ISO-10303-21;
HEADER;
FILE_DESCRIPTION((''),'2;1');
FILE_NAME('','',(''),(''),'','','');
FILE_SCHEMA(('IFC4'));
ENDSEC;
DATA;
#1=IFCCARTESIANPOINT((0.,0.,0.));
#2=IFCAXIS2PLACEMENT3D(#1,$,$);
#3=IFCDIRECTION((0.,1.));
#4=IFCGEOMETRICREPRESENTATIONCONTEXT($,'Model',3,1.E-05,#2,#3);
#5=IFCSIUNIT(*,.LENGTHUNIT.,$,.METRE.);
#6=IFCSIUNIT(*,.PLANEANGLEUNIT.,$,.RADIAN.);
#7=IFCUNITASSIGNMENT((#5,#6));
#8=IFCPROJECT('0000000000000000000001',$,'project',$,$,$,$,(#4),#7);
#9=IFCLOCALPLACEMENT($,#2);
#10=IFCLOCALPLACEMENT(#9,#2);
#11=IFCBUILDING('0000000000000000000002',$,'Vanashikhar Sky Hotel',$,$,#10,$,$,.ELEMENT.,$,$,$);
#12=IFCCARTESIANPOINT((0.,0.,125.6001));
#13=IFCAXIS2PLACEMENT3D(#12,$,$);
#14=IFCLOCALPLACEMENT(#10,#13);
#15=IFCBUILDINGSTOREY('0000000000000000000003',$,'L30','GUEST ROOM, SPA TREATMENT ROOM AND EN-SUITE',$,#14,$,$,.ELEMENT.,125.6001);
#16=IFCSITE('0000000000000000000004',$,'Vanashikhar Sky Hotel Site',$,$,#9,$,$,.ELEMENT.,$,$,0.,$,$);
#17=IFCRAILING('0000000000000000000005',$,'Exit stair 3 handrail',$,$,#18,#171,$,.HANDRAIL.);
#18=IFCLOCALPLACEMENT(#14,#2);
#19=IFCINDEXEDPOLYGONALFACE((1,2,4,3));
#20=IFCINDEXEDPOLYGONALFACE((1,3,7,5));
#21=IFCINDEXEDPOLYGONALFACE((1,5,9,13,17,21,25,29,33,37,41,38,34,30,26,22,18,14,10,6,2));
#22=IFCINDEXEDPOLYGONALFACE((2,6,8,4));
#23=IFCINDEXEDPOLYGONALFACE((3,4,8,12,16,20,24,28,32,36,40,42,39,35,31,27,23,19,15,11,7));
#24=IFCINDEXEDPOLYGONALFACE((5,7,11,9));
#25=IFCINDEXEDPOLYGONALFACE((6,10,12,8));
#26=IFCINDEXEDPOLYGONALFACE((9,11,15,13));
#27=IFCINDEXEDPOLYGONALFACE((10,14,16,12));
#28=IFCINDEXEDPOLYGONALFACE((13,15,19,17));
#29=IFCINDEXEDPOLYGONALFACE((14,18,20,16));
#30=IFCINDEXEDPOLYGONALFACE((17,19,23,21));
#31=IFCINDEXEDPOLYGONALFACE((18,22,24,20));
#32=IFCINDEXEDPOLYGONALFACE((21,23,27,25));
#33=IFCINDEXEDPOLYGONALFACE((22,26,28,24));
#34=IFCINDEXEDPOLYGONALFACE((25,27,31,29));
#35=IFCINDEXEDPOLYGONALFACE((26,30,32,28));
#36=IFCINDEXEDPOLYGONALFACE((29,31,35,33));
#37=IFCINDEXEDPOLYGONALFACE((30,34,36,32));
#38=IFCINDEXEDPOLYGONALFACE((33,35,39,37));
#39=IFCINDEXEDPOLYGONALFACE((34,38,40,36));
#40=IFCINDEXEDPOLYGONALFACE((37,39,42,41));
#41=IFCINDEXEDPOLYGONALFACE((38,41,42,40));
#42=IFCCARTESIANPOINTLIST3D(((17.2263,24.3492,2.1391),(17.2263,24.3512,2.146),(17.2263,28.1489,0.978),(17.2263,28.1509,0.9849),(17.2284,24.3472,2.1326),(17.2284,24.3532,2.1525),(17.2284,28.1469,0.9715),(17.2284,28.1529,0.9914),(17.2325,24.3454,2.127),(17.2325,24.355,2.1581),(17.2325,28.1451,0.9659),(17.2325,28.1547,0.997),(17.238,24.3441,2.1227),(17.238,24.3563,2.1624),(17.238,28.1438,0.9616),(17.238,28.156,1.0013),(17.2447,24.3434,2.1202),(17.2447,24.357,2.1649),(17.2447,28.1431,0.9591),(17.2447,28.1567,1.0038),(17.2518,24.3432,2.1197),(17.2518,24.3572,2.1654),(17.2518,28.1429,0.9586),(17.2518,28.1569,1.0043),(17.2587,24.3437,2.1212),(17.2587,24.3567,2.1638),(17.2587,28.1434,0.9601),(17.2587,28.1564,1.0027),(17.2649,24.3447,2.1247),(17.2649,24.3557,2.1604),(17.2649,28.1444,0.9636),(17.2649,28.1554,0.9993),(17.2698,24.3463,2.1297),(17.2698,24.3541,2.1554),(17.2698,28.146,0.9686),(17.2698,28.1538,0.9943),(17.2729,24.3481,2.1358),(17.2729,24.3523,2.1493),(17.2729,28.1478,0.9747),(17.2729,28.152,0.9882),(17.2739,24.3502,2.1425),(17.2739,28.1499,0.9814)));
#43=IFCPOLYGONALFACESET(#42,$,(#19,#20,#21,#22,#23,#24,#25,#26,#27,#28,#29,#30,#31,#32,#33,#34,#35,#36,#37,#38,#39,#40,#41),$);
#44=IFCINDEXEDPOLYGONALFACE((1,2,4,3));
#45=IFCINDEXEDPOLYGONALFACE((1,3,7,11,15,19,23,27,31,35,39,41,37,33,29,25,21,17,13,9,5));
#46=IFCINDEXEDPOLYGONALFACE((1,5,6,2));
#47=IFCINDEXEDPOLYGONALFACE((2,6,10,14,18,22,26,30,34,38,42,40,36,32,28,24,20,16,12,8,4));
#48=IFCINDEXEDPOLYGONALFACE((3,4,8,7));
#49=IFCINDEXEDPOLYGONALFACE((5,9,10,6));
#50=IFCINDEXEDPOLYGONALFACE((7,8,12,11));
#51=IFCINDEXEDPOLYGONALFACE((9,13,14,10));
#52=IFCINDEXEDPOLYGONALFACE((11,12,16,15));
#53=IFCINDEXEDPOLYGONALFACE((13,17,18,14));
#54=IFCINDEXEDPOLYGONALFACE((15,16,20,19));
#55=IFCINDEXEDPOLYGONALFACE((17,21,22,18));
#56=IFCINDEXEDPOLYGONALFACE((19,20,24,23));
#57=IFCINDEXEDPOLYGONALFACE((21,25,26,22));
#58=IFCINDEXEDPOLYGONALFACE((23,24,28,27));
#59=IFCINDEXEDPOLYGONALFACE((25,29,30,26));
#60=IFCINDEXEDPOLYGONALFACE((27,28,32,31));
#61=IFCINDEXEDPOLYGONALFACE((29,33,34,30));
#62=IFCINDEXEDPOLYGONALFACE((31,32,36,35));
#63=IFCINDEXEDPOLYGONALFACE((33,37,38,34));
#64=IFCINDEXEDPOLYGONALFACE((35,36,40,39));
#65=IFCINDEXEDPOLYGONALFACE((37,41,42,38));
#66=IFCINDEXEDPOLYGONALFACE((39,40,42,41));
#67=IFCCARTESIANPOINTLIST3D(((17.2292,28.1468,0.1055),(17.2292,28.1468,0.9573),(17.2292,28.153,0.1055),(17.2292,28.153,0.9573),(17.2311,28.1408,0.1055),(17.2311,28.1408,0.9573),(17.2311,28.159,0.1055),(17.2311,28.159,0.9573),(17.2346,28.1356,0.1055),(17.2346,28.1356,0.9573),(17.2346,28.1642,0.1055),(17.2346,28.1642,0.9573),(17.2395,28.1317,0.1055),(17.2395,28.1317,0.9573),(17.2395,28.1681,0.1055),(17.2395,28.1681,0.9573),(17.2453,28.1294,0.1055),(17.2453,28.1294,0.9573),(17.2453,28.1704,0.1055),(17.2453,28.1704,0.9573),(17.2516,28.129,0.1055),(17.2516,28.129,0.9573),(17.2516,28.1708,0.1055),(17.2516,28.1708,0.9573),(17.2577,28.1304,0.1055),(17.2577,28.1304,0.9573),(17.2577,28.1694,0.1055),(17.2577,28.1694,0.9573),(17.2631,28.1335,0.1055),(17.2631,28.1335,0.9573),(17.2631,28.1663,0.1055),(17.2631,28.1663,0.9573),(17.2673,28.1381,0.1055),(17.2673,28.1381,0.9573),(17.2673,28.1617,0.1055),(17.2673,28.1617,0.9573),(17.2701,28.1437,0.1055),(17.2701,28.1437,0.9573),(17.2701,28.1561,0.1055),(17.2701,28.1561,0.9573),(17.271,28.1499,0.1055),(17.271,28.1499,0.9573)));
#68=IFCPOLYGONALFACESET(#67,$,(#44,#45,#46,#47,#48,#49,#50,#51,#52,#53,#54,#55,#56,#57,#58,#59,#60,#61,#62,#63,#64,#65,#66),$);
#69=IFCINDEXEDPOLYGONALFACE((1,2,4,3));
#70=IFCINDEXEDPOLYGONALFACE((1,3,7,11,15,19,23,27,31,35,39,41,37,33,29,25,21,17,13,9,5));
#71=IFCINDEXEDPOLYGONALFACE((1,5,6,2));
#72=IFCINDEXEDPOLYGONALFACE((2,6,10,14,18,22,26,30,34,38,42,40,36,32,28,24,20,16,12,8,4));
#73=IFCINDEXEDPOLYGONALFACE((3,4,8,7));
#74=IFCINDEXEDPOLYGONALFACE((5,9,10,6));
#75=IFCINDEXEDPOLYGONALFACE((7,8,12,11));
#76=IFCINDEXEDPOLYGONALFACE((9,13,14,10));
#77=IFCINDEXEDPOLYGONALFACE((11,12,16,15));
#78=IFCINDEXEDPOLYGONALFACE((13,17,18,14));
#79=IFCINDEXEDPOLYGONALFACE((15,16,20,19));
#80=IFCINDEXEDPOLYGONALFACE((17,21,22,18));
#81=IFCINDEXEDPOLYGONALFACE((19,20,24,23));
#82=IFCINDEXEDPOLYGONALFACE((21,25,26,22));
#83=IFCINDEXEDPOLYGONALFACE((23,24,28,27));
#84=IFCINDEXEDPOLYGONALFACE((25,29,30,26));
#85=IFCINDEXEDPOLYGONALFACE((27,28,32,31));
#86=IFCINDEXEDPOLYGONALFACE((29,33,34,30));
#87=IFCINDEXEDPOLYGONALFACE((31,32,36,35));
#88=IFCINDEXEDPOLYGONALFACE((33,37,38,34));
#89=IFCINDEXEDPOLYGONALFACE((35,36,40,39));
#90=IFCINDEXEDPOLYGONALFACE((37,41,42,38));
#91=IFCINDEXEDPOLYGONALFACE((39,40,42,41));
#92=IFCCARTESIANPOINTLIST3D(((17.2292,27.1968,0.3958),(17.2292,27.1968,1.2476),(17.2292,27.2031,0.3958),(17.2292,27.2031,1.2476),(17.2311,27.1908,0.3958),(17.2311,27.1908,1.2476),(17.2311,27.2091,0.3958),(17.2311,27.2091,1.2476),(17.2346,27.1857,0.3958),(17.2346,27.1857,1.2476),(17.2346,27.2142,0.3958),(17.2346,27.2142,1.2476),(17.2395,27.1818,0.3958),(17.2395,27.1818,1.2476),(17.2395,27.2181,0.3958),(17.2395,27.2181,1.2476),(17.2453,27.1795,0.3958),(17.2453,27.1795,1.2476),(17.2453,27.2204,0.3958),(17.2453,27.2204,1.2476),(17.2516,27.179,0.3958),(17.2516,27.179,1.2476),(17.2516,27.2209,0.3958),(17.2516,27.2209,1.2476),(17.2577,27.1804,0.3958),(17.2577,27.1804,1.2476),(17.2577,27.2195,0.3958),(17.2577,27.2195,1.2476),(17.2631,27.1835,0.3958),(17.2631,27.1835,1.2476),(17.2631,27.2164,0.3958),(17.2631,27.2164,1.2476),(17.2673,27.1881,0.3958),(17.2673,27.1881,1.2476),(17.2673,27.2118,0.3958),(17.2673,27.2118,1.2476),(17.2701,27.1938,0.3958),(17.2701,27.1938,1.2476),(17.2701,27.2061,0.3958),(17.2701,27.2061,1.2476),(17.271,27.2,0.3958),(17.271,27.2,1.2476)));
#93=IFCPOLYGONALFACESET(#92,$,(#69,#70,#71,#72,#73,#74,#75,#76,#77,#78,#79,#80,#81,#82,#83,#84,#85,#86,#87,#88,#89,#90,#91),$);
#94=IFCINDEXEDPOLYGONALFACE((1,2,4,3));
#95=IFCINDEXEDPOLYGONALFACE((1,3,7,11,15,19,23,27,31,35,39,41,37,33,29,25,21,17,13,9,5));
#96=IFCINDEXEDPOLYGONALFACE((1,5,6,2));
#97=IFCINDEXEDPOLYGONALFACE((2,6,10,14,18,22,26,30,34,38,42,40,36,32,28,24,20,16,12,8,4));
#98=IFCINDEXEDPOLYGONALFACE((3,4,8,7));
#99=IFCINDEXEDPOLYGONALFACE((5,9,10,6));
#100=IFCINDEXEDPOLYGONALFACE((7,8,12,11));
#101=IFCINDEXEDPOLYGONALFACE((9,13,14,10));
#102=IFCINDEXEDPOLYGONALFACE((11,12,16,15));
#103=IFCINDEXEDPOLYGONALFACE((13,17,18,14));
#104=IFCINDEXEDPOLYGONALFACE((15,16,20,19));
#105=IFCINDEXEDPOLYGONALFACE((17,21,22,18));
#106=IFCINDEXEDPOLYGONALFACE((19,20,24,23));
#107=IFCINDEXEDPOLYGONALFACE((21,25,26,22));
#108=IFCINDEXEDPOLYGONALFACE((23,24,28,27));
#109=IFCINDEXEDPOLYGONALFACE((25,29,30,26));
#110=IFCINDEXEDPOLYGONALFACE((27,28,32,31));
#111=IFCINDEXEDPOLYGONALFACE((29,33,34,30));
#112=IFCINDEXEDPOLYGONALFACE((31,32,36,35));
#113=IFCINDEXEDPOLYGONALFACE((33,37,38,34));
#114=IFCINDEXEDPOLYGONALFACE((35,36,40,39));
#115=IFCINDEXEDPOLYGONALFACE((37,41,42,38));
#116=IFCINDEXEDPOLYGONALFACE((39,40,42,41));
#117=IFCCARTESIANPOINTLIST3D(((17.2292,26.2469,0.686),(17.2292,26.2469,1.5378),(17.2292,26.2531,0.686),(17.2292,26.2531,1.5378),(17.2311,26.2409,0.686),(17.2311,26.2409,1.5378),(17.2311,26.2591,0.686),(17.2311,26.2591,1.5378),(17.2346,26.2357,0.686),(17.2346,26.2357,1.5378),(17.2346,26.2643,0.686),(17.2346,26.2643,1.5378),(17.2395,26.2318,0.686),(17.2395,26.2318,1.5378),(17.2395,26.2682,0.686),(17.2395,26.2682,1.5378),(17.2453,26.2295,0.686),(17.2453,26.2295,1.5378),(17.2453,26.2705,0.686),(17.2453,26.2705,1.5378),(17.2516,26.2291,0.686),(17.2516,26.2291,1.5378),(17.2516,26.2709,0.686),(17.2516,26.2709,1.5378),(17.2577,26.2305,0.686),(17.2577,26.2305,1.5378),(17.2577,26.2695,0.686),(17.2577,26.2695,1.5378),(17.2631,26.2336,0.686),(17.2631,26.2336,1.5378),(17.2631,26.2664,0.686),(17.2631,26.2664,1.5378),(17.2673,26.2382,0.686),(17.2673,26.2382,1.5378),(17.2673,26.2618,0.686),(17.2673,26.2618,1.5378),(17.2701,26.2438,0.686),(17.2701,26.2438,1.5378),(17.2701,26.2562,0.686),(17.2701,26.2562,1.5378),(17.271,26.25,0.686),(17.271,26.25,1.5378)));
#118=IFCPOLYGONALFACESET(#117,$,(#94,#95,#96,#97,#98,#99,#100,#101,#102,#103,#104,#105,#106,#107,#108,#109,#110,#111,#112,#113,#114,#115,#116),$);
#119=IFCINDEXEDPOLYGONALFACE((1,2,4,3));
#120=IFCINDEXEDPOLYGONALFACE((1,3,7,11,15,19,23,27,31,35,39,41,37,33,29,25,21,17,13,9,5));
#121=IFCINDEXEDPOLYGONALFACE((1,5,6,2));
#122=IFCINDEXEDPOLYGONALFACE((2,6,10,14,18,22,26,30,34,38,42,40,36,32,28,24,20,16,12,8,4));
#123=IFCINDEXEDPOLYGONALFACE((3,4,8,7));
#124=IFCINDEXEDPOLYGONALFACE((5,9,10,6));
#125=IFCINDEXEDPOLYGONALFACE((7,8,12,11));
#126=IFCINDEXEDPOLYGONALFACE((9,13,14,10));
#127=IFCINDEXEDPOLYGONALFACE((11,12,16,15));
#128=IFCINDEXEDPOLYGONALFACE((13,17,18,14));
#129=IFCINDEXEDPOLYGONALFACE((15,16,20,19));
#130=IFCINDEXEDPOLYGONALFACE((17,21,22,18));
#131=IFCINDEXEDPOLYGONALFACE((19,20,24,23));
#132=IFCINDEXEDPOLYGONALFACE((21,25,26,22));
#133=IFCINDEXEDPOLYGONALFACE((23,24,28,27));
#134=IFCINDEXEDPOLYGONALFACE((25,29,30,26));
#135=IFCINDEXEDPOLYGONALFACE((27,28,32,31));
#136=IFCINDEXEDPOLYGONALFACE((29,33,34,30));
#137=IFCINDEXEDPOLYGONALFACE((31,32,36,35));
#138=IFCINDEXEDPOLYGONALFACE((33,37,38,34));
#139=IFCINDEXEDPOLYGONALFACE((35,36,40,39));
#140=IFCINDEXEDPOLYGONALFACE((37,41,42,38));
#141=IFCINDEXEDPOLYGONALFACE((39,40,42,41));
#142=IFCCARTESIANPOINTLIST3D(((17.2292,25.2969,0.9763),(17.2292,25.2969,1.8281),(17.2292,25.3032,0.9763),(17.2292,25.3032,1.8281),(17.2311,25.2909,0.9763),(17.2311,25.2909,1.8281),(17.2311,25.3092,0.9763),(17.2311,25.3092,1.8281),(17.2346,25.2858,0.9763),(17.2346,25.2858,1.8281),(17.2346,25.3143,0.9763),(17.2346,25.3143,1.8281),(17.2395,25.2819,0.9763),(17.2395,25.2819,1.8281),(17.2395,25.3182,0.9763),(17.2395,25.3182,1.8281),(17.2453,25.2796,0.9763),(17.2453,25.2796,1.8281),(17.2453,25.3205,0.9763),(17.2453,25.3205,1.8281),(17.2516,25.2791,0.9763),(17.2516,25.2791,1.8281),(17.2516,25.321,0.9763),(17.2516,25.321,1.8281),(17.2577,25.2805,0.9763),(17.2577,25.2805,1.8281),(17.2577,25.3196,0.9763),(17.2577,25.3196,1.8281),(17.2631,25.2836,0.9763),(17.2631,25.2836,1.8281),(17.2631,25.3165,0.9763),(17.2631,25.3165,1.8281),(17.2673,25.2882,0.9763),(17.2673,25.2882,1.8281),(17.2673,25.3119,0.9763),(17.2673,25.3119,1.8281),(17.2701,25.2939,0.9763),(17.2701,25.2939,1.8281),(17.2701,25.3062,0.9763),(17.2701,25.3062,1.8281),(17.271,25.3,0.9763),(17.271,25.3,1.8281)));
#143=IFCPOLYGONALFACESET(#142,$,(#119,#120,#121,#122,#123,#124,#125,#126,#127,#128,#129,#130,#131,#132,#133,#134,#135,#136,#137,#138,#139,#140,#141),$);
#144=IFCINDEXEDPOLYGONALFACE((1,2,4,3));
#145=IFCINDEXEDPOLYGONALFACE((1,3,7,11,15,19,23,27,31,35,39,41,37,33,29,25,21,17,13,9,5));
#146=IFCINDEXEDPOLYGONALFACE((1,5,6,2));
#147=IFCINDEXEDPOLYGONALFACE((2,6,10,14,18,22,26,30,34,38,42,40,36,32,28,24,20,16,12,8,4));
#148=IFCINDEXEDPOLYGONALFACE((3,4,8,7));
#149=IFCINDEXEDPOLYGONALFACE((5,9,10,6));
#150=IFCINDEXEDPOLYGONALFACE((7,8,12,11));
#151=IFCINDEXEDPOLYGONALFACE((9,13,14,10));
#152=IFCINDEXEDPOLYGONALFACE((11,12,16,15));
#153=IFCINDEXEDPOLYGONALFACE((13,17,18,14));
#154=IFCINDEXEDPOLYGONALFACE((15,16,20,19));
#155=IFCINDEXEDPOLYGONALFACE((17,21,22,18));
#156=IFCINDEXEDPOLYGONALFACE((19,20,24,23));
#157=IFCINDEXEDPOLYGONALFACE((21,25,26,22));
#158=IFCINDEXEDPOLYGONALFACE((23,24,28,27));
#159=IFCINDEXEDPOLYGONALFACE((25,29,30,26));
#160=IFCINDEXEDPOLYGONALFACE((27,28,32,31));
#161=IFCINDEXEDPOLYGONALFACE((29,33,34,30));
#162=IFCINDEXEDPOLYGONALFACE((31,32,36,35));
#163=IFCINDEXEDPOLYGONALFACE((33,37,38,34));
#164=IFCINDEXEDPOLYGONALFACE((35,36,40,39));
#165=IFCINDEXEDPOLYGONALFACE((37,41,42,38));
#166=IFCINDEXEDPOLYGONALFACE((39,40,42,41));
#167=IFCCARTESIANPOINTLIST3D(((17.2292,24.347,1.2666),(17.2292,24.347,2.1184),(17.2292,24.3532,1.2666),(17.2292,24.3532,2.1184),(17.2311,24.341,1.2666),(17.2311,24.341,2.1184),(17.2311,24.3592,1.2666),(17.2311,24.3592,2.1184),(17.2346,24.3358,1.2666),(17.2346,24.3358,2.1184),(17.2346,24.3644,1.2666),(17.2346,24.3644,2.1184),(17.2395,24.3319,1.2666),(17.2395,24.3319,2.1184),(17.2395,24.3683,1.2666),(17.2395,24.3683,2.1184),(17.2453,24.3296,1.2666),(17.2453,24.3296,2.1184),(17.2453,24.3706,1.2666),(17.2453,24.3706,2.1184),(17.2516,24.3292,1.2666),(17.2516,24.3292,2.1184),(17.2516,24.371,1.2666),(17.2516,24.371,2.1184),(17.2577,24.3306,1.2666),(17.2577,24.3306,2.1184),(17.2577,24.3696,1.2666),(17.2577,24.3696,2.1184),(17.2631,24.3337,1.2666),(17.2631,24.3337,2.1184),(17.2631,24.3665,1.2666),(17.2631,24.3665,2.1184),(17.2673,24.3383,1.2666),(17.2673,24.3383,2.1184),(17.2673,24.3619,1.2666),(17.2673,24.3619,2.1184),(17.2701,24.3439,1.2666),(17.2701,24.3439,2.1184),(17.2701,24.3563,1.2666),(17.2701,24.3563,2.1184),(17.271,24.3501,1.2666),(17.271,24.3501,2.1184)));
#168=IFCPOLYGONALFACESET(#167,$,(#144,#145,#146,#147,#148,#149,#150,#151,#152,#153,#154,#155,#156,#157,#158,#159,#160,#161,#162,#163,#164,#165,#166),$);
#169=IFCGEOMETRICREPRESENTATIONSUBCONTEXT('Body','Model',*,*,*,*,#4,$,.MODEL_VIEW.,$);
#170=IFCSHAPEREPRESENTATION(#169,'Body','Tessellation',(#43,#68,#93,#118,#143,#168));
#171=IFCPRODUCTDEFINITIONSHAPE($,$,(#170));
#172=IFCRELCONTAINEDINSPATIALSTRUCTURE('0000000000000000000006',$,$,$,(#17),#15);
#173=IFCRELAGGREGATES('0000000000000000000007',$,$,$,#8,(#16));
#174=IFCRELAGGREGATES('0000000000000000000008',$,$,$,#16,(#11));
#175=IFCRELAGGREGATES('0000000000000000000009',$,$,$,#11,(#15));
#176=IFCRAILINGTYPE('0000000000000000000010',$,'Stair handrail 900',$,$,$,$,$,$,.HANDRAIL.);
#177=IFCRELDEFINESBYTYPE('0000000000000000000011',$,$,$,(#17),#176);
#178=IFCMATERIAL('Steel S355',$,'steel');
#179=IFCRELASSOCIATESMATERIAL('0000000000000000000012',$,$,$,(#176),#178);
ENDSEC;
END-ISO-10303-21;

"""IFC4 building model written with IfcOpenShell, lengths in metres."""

from ifc_helpers import new_model, si_unit, direction, frame, origin, origin_2d, place, context, subcontext, project, spatial, circle, extrude, source, transform, mapped, material, type_object, element, save


model = new_model("IFC4")

# Units and contexts
model_context = context("Model", 3, precision=1e-05, world=origin(), true_north=direction((0.0, 1.0)))
body_context = subcontext(model_context, "Body", "Model", "MODEL_VIEW")
ifc_project = project(units=[si_unit("LENGTHUNIT", "METRE"), si_unit("PLANEANGLEUNIT", "RADIAN")], contexts=[model_context])

# Site, building, storey
site_placement = place(None, origin())
site = spatial("IfcSite", under=ifc_project, at=site_placement, Name="Vanashikhar Sky Hotel Site", CompositionType="ELEMENT", RefElevation=0.0)
building_placement = place(site_placement, origin())
building = spatial("IfcBuilding", under=site, at=building_placement, Name="Vanashikhar Sky Hotel", CompositionType="ELEMENT")
storey_placement = place(building_placement, frame((0.0, 0.0, 125.6001)))
storey = spatial("IfcBuildingStorey", under=building, at=storey_placement, Name="L30", Description="GUEST ROOM, SPA TREATMENT ROOM AND EN-SUITE", CompositionType="ELEMENT", Elevation=125.6001)

# Railing
ifc_material_1 = material(Name="Steel S355", Category="steel")
railing_type_1 = type_object("IfcRailingType", Name="Stair handrail 900", PredefinedType="HANDRAIL", material=ifc_material_1)
shared_shape_1 = source(origin(), body_context, "Body", "SweptSolid", [
    extrude(circle(Radius=0.0239, at=origin_2d()), frame((0.0, 0.0, 0.876), z_axis=(0.0, -0.956346, 0.292237), x_axis=(1.0, 0.0, 0.0)), (0.0, 0.0, 1.0), 3.9731),
    extrude(circle(Radius=0.021, at=origin_2d()), origin(), (0.0, 0.0, 1.0), 0.8518),
    extrude(circle(Radius=0.021, at=origin_2d()), frame((0.0, -0.95, 0.2903)), (0.0, 0.0, 1.0), 0.8518),
    extrude(circle(Radius=0.021, at=origin_2d()), frame((0.0, -1.8999, 0.5806)), (0.0, 0.0, 1.0), 0.8518),
    extrude(circle(Radius=0.021, at=origin_2d()), frame((0.0, -2.8499, 0.8708)), (0.0, 0.0, 1.0), 0.8518),
    extrude(circle(Radius=0.021, at=origin_2d()), frame((0.0, -3.7998, 1.1611)), (0.0, 0.0, 1.0), 0.8518),
])
for number, where, name in (
    (1, (17.25, 28.1499, 0.1055), "Exit stair 3 handrail"),
):
    element("IfcRailing", number, at=place(storey_placement, frame(where)), inside=storey, type_object=railing_type_1, Name=name, PredefinedType="HANDRAIL", context=body_context, shape_type="MappedRepresentation", body=[
        mapped(shared_shape_1, transform((0.0, 0.0, 0.0), scale=1.0)),
    ])

save(model, "model.ifc")
